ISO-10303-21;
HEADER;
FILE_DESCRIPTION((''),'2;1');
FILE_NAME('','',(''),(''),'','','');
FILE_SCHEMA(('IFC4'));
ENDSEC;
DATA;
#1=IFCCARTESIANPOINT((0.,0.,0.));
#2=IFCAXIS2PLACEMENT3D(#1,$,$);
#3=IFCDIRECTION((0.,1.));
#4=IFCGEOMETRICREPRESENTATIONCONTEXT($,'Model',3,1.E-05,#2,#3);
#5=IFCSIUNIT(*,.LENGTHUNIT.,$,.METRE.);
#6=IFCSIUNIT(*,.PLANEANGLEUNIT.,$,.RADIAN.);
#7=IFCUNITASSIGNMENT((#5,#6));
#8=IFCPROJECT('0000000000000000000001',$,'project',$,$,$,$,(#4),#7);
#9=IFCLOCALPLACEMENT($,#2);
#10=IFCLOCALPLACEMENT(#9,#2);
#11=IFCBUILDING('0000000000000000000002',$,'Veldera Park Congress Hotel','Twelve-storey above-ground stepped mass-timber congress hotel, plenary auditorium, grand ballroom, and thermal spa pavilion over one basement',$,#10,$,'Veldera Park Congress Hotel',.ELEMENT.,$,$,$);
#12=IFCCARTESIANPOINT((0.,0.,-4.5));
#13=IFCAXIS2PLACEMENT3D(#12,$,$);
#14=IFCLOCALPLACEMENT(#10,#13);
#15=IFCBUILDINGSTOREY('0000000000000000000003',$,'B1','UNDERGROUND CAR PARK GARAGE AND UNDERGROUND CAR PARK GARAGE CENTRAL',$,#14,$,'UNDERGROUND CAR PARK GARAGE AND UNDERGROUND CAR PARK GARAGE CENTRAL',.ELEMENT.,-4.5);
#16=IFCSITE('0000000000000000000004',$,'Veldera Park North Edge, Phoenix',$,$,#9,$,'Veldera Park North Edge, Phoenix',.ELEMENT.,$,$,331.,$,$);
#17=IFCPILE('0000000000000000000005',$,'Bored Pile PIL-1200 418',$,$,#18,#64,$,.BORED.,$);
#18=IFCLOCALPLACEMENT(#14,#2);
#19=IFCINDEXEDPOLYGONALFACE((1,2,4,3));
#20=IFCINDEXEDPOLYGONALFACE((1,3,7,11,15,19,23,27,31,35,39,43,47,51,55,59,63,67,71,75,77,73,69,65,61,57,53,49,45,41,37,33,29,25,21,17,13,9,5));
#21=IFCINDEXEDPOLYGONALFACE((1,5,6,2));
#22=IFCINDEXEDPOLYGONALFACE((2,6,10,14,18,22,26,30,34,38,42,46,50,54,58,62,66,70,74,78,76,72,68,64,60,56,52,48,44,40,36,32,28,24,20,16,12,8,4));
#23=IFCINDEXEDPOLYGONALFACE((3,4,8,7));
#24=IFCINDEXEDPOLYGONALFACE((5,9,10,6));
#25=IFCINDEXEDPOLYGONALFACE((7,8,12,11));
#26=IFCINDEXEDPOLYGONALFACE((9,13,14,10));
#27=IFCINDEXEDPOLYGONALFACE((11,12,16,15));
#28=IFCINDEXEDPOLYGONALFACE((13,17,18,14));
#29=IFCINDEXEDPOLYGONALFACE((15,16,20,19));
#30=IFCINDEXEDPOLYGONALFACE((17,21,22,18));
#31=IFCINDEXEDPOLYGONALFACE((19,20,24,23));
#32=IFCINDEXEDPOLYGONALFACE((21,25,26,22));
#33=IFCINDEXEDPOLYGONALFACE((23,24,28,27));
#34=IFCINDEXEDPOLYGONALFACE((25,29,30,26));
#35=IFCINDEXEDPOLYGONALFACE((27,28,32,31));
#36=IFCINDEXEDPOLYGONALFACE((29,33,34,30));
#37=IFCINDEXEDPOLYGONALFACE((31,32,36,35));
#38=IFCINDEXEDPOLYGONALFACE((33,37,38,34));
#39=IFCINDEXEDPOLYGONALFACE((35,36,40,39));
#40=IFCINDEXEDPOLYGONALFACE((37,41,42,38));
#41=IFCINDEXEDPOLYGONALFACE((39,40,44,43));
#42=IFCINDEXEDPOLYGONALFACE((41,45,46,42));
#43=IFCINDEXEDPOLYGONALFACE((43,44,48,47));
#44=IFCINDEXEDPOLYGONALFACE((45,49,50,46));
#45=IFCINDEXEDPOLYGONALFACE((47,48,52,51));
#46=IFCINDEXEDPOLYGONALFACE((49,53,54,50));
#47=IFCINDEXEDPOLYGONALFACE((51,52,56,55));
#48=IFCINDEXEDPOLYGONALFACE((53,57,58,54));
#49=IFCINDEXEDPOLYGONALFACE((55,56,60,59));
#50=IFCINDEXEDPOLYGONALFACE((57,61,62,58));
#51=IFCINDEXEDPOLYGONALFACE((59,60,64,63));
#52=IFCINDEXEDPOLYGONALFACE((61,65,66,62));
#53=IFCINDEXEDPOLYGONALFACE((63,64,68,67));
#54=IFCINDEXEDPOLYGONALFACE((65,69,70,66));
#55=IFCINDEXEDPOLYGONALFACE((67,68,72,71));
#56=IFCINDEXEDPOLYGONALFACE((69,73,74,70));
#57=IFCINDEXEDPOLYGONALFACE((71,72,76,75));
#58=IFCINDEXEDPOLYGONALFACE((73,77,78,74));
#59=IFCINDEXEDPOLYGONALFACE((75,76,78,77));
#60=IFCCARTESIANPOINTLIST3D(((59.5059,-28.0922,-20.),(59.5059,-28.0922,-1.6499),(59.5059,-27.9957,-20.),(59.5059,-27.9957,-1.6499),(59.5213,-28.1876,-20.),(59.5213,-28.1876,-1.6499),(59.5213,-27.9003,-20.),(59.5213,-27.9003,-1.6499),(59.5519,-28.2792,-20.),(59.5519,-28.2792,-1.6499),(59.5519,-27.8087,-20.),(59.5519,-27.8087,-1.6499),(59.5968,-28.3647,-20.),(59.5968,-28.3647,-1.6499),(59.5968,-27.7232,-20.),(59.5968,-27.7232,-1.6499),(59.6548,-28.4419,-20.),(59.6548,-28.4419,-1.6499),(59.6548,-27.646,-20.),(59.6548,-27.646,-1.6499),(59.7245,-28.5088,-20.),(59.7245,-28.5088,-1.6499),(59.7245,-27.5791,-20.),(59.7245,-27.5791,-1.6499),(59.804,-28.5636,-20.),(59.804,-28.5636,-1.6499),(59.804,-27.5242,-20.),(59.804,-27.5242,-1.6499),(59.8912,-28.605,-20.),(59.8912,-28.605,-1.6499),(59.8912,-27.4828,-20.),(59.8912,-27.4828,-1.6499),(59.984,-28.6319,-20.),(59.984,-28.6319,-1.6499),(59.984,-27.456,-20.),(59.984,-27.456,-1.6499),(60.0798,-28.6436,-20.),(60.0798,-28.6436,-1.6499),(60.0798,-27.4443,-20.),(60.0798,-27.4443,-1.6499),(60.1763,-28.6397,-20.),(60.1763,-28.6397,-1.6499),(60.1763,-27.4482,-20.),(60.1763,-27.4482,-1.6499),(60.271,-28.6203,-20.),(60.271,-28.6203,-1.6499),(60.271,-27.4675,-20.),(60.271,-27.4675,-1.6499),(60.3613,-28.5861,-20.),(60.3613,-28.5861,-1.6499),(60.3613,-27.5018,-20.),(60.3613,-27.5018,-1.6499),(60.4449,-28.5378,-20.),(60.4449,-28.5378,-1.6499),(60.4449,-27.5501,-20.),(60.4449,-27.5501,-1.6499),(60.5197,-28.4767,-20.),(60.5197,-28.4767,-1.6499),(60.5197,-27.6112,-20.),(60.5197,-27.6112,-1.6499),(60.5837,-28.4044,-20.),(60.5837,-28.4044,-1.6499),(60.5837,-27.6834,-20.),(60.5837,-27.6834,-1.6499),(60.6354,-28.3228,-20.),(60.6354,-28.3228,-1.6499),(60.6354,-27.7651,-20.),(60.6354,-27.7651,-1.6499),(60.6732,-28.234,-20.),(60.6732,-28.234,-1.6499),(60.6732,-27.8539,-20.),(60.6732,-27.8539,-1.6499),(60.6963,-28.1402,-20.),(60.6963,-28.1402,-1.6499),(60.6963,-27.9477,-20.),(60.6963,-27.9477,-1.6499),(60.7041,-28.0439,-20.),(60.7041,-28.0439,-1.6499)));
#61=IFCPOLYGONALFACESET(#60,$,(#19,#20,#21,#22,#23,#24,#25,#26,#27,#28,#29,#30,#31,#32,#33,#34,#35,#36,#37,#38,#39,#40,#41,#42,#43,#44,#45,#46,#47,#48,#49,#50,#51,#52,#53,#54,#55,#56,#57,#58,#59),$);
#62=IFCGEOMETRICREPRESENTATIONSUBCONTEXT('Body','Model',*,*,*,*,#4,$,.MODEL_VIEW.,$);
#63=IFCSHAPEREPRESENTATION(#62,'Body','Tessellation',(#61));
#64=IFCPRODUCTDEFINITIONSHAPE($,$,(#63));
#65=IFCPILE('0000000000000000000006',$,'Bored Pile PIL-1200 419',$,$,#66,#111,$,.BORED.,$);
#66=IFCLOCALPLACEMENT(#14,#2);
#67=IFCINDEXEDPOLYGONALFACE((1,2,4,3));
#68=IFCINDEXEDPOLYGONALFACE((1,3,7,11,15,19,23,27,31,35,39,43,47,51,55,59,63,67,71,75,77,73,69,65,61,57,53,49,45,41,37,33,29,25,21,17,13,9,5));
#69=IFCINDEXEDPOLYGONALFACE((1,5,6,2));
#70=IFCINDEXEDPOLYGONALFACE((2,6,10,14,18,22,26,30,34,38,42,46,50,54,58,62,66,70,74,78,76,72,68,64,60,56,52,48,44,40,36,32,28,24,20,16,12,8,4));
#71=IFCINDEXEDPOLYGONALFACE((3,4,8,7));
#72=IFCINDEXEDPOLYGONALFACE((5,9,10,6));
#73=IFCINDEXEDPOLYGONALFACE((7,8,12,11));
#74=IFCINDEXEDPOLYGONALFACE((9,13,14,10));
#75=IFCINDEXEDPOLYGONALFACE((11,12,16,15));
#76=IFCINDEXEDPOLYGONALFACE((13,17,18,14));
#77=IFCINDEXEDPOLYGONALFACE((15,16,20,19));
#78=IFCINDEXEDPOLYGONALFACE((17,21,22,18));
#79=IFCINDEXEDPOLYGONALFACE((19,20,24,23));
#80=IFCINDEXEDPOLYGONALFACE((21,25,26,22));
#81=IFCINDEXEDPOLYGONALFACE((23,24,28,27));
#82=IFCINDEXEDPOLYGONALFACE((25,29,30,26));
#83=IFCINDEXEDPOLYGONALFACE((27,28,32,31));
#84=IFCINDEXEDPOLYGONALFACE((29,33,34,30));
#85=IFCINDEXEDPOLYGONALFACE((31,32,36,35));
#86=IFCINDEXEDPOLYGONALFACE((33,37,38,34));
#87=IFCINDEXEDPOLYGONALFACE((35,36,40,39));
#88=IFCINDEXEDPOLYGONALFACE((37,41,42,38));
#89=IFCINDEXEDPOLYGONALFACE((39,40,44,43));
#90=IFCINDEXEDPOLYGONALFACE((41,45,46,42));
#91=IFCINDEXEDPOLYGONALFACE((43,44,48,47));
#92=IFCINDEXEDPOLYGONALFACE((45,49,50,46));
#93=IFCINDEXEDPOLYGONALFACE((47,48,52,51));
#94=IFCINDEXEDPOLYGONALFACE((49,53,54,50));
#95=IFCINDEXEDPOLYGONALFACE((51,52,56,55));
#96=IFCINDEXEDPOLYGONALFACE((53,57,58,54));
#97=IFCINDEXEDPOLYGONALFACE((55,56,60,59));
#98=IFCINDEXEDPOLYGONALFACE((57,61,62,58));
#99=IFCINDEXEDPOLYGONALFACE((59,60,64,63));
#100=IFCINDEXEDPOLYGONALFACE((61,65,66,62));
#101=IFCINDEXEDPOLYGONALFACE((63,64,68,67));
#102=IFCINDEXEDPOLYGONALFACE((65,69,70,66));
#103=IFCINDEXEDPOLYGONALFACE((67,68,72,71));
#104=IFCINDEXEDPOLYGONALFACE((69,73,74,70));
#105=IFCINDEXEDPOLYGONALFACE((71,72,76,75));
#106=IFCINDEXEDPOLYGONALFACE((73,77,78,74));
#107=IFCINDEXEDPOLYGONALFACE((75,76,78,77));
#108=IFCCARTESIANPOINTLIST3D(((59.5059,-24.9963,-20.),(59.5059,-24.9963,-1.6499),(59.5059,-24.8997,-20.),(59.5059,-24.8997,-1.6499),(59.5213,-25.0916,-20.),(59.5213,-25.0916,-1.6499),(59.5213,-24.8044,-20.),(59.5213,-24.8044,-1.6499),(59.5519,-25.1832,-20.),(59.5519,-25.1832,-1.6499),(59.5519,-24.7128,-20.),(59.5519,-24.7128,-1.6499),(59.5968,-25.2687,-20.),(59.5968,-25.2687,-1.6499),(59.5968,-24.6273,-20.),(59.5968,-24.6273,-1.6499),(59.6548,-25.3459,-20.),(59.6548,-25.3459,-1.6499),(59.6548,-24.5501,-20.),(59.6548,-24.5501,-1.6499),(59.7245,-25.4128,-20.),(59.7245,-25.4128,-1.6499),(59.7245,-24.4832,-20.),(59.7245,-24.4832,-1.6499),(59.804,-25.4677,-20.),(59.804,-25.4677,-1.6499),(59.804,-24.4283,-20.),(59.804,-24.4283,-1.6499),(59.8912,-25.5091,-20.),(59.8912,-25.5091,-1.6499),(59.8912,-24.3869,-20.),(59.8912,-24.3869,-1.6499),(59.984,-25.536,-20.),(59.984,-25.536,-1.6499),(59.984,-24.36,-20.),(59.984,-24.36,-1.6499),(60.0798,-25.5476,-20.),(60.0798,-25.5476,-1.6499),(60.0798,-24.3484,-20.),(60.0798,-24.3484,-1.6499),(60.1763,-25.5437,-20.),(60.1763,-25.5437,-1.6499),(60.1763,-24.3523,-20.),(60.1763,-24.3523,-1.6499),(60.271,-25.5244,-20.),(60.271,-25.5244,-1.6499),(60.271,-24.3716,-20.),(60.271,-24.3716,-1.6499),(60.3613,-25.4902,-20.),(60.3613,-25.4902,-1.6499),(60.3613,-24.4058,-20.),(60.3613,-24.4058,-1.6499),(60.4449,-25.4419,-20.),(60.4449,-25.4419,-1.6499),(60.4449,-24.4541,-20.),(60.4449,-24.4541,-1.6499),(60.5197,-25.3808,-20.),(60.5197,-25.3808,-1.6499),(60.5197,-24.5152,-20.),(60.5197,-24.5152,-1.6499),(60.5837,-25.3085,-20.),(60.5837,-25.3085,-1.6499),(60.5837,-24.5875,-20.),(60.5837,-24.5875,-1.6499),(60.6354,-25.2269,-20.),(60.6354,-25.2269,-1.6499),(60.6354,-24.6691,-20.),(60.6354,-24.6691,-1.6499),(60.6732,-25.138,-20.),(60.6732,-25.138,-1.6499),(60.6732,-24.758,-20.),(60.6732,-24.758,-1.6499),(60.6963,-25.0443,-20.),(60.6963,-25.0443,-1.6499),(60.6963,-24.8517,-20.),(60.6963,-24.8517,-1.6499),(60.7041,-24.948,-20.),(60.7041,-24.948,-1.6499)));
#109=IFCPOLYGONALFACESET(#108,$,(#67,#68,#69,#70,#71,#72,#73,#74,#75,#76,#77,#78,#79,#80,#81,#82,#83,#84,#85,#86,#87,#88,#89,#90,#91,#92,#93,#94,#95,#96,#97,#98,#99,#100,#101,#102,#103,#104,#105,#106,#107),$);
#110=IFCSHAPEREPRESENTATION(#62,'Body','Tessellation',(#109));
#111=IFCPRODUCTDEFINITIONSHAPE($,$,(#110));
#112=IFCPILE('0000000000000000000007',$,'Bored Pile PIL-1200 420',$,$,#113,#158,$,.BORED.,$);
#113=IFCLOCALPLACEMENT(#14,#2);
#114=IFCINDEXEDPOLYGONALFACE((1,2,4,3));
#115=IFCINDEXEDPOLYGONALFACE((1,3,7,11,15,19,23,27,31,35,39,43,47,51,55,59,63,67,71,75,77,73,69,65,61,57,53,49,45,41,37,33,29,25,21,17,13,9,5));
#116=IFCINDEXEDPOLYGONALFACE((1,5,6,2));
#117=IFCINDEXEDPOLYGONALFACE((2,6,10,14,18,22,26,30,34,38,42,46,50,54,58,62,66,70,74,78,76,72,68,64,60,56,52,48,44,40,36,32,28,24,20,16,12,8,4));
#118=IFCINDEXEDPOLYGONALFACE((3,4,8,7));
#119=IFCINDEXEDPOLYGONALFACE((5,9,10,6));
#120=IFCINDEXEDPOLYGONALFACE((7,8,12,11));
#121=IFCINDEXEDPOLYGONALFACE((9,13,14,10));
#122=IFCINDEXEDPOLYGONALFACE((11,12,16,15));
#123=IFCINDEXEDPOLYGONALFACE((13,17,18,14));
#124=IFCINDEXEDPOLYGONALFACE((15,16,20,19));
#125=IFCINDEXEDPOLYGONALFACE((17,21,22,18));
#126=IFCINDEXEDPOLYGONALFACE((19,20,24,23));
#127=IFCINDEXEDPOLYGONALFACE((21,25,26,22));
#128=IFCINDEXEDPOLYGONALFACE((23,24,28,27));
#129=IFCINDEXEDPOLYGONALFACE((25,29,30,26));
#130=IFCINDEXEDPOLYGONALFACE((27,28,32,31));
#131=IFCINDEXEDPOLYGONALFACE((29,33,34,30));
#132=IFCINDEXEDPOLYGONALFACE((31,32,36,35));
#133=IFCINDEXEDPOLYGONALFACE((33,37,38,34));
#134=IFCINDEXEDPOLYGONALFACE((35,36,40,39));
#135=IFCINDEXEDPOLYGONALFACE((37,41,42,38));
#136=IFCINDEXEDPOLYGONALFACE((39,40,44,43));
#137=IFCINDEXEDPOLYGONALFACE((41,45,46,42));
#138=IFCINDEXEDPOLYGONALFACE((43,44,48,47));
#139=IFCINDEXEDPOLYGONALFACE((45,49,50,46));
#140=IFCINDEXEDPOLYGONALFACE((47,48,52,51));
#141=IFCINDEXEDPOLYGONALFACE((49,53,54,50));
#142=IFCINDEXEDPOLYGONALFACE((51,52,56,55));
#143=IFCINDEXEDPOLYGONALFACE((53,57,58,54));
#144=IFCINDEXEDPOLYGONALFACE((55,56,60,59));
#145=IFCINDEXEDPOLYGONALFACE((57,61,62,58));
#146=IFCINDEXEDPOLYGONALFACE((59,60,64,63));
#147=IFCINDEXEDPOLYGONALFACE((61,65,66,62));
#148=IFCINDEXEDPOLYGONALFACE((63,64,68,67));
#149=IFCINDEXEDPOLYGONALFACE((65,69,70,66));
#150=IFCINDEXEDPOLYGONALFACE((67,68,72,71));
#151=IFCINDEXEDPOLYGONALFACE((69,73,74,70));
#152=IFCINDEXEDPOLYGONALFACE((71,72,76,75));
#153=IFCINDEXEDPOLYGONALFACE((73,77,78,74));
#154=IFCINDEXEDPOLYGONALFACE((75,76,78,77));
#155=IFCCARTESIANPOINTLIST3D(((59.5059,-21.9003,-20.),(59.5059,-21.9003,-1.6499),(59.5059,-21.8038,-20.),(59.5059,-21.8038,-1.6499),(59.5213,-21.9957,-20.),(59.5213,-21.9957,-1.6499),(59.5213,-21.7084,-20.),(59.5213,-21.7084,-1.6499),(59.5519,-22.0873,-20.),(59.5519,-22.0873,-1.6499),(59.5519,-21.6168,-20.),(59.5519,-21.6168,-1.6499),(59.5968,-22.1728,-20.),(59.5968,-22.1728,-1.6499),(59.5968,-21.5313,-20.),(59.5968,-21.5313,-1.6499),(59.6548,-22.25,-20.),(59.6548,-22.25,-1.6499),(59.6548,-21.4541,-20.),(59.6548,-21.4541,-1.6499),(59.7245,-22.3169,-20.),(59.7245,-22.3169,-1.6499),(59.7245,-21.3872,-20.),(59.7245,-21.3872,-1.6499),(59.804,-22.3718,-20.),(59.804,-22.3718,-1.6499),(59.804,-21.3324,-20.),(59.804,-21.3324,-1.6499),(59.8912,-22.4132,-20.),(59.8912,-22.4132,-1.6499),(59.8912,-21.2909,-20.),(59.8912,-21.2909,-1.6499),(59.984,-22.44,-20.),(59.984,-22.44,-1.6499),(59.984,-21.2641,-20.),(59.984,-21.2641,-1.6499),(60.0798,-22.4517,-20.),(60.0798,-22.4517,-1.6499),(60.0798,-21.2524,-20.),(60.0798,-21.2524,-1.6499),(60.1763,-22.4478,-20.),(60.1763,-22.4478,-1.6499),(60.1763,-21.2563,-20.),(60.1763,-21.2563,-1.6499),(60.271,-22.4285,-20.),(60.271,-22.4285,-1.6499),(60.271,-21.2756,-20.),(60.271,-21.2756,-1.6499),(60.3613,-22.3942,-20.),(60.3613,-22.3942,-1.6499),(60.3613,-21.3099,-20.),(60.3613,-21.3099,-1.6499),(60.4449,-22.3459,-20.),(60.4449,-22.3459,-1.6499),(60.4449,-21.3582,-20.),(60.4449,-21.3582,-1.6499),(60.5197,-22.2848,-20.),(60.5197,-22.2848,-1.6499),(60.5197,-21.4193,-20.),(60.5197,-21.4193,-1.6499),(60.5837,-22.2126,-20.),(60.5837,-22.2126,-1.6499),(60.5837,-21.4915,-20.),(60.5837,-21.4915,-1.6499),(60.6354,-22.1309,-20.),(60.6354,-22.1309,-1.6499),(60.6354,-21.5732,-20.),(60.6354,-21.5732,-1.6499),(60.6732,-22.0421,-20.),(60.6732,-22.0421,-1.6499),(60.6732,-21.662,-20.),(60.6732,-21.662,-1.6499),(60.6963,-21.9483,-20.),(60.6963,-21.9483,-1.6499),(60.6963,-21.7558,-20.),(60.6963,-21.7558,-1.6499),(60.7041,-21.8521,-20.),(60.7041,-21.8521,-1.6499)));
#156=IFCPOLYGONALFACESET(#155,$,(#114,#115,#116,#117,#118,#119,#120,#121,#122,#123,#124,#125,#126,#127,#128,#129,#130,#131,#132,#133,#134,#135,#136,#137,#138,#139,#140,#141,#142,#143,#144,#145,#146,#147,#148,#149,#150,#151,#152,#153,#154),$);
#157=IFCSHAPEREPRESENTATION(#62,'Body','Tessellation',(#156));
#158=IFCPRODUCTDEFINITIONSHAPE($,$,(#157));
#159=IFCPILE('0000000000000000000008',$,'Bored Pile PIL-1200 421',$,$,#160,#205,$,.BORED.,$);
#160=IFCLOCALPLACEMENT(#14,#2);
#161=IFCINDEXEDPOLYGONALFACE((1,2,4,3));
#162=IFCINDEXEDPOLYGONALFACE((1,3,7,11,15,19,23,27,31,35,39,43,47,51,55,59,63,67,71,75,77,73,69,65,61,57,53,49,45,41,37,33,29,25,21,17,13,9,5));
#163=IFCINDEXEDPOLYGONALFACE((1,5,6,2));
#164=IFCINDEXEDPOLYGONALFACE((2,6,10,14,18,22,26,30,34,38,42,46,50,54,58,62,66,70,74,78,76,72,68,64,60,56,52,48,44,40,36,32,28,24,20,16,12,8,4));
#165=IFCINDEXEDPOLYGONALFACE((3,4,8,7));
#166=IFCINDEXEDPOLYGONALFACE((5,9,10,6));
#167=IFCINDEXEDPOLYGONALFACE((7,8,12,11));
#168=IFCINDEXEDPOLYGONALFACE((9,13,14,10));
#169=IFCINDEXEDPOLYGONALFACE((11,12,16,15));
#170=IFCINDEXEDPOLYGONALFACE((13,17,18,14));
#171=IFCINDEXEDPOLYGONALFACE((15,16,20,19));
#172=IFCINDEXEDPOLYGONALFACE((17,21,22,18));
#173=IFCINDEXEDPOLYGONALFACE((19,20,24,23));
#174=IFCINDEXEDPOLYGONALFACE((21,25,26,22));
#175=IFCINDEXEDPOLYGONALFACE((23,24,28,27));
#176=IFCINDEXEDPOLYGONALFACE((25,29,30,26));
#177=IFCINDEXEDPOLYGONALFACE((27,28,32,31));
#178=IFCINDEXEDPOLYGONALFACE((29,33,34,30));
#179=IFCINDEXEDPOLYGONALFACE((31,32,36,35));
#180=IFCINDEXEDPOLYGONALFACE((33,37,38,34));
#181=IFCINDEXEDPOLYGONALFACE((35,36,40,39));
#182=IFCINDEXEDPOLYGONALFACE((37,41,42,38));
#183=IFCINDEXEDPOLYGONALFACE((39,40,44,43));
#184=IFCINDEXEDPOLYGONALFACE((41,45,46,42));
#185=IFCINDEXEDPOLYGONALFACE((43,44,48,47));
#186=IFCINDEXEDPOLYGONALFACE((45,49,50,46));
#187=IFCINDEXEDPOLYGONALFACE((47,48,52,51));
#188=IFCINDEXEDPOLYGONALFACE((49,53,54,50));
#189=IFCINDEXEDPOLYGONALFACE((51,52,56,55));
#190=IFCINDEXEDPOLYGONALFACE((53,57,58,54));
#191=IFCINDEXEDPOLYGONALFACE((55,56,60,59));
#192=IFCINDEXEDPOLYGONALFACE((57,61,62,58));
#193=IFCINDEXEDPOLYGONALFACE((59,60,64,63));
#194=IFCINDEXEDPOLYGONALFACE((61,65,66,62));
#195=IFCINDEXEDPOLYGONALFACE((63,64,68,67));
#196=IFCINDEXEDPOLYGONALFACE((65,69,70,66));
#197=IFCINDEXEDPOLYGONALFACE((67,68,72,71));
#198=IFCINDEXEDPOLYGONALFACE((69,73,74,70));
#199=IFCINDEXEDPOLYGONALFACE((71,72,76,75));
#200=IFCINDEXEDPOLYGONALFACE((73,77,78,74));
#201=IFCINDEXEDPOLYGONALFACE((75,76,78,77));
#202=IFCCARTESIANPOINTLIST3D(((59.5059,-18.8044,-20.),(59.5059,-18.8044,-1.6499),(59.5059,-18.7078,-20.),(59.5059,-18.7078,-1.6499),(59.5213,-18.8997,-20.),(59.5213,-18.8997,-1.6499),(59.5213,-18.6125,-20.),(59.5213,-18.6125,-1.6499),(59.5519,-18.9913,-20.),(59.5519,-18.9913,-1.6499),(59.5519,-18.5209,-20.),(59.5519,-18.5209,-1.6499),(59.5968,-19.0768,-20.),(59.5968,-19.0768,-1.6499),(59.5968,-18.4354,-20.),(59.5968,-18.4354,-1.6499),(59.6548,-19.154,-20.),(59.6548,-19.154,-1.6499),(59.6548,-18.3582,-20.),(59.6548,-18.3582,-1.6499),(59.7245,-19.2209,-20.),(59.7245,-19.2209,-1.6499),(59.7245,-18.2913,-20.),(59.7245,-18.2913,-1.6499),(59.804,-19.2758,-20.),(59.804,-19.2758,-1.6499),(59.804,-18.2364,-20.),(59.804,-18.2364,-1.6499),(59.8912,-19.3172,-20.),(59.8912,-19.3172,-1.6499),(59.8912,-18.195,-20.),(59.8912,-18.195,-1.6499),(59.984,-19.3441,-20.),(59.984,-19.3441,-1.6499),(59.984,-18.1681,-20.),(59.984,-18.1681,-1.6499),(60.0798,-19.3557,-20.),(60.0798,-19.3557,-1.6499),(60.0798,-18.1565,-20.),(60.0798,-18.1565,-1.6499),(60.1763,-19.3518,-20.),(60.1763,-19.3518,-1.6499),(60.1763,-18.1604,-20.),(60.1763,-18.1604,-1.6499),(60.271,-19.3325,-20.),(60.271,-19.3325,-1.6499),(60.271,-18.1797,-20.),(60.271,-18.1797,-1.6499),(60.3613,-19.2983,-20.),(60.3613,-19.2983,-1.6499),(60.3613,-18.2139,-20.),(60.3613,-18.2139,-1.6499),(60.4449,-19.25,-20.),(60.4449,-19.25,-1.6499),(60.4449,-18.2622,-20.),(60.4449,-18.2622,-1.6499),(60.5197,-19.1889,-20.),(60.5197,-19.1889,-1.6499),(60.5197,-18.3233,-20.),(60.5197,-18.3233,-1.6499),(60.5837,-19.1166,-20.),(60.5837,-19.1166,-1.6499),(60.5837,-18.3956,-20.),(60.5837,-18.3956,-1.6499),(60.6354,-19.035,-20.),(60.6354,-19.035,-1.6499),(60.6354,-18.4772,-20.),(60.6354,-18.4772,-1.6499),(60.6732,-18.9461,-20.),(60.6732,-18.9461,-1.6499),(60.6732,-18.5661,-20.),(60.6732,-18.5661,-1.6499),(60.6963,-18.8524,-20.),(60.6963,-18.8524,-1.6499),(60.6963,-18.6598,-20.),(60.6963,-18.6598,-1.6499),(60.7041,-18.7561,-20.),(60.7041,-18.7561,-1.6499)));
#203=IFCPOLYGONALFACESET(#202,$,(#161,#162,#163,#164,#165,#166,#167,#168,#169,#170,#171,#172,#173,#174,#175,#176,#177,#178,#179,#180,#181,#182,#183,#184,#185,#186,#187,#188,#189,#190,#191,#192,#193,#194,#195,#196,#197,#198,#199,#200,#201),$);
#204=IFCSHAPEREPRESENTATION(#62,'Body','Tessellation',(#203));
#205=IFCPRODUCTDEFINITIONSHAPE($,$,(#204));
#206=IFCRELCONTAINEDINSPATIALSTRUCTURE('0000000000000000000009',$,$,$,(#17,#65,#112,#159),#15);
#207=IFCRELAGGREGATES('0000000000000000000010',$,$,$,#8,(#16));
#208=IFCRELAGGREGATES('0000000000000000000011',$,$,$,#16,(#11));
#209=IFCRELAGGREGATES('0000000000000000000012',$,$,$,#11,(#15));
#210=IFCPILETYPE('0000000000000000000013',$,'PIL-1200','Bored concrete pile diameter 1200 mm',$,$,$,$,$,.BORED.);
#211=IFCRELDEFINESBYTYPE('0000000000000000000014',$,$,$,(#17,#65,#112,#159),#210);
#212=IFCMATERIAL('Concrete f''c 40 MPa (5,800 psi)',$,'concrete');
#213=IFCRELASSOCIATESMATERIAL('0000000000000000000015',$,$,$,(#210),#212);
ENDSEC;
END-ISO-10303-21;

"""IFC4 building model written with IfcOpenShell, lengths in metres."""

from ifc_helpers import new_model, si_unit, direction, frame, origin, origin_2d, place, context, subcontext, project, spatial, circle, extrude, material, material_profile, profile_set, type_object, element, save


model = new_model("IFC4")

# Units and contexts
model_context = context("Model", 3, precision=1e-05, world=origin(), true_north=direction((0.0, 1.0)))
body_context = subcontext(model_context, "Body", "Model", "MODEL_VIEW")
ifc_project = project(units=[si_unit("LENGTHUNIT", "METRE"), si_unit("PLANEANGLEUNIT", "RADIAN")], contexts=[model_context])

# Site, building, storey
site_placement = place(None, origin())
site = spatial("IfcSite", under=ifc_project, at=site_placement, Name="Veldera Park North Edge, Phoenix", LongName="Veldera Park North Edge, Phoenix", CompositionType="ELEMENT", RefElevation=331.0)
building_placement = place(site_placement, origin())
building = spatial("IfcBuilding", under=site, at=building_placement, Name="Veldera Park Congress Hotel", Description="Twelve-storey above-ground stepped mass-timber congress hotel, plenary auditorium, grand ballroom, and thermal spa pavilion over one basement", LongName="Veldera Park Congress Hotel", CompositionType="ELEMENT")
storey_placement = place(building_placement, frame((0.0, 0.0, -4.5)))
storey = spatial("IfcBuildingStorey", under=building, at=storey_placement, Name="B1", Description="UNDERGROUND CAR PARK GARAGE AND UNDERGROUND CAR PARK GARAGE CENTRAL", LongName="UNDERGROUND CAR PARK GARAGE AND UNDERGROUND CAR PARK GARAGE CENTRAL", CompositionType="ELEMENT", Elevation=-4.5)

# Shared definitions
ifc_material_1 = material(Name="Concrete f'c 40 MPa (5,800 psi)", Category="concrete")

# Piles
ifc_material_profile_1 = material_profile(ifc_material_1, circle(Radius=0.6001, at=origin_2d()), Name="PILE D1200")
ifc_profile_set_1 = profile_set([ifc_material_profile_1], Name="Concrete f'c 40 MPa (5,800 psi)")
pile_type_1 = type_object("IfcPileType", Name="PIL-1200", Description="Bored concrete pile diameter 1200 mm", PredefinedType="BORED", material=ifc_profile_set_1)
for number, where, z_axis, x_axis, name in (
    (1, (60.104, -28.0439, -1.6499), (0.0, 0.0, -1.0), (1.0, 0.0, 0.0), "Bored Pile PIL-1200 418"),
    (2, (60.104, -24.948, -1.6499), (0.0, 0.0, -1.0), (1.0, 0.0, 0.0), "Bored Pile PIL-1200 419"),
    (3, (60.104, -21.8521, -1.6499), (0.0, 0.0, -1.0), (1.0, 0.0, 0.0), "Bored Pile PIL-1200 420"),
    (4, (60.104, -18.7561, -1.6499), (0.0, 0.0, -1.0), (1.0, 0.0, 0.0), "Bored Pile PIL-1200 421"),
):
    element("IfcPile", number, at=place(storey_placement, frame(where, z_axis=z_axis, x_axis=x_axis)), inside=storey, type_object=pile_type_1, Name=name, PredefinedType="BORED", context=body_context, shape_type="SweptSolid", body=[
        extrude(circle(Radius=0.6001, at=origin_2d()), origin(), (0.0, 0.0, 1.0), 18.3501),
    ])

save(model, "model.ifc")
